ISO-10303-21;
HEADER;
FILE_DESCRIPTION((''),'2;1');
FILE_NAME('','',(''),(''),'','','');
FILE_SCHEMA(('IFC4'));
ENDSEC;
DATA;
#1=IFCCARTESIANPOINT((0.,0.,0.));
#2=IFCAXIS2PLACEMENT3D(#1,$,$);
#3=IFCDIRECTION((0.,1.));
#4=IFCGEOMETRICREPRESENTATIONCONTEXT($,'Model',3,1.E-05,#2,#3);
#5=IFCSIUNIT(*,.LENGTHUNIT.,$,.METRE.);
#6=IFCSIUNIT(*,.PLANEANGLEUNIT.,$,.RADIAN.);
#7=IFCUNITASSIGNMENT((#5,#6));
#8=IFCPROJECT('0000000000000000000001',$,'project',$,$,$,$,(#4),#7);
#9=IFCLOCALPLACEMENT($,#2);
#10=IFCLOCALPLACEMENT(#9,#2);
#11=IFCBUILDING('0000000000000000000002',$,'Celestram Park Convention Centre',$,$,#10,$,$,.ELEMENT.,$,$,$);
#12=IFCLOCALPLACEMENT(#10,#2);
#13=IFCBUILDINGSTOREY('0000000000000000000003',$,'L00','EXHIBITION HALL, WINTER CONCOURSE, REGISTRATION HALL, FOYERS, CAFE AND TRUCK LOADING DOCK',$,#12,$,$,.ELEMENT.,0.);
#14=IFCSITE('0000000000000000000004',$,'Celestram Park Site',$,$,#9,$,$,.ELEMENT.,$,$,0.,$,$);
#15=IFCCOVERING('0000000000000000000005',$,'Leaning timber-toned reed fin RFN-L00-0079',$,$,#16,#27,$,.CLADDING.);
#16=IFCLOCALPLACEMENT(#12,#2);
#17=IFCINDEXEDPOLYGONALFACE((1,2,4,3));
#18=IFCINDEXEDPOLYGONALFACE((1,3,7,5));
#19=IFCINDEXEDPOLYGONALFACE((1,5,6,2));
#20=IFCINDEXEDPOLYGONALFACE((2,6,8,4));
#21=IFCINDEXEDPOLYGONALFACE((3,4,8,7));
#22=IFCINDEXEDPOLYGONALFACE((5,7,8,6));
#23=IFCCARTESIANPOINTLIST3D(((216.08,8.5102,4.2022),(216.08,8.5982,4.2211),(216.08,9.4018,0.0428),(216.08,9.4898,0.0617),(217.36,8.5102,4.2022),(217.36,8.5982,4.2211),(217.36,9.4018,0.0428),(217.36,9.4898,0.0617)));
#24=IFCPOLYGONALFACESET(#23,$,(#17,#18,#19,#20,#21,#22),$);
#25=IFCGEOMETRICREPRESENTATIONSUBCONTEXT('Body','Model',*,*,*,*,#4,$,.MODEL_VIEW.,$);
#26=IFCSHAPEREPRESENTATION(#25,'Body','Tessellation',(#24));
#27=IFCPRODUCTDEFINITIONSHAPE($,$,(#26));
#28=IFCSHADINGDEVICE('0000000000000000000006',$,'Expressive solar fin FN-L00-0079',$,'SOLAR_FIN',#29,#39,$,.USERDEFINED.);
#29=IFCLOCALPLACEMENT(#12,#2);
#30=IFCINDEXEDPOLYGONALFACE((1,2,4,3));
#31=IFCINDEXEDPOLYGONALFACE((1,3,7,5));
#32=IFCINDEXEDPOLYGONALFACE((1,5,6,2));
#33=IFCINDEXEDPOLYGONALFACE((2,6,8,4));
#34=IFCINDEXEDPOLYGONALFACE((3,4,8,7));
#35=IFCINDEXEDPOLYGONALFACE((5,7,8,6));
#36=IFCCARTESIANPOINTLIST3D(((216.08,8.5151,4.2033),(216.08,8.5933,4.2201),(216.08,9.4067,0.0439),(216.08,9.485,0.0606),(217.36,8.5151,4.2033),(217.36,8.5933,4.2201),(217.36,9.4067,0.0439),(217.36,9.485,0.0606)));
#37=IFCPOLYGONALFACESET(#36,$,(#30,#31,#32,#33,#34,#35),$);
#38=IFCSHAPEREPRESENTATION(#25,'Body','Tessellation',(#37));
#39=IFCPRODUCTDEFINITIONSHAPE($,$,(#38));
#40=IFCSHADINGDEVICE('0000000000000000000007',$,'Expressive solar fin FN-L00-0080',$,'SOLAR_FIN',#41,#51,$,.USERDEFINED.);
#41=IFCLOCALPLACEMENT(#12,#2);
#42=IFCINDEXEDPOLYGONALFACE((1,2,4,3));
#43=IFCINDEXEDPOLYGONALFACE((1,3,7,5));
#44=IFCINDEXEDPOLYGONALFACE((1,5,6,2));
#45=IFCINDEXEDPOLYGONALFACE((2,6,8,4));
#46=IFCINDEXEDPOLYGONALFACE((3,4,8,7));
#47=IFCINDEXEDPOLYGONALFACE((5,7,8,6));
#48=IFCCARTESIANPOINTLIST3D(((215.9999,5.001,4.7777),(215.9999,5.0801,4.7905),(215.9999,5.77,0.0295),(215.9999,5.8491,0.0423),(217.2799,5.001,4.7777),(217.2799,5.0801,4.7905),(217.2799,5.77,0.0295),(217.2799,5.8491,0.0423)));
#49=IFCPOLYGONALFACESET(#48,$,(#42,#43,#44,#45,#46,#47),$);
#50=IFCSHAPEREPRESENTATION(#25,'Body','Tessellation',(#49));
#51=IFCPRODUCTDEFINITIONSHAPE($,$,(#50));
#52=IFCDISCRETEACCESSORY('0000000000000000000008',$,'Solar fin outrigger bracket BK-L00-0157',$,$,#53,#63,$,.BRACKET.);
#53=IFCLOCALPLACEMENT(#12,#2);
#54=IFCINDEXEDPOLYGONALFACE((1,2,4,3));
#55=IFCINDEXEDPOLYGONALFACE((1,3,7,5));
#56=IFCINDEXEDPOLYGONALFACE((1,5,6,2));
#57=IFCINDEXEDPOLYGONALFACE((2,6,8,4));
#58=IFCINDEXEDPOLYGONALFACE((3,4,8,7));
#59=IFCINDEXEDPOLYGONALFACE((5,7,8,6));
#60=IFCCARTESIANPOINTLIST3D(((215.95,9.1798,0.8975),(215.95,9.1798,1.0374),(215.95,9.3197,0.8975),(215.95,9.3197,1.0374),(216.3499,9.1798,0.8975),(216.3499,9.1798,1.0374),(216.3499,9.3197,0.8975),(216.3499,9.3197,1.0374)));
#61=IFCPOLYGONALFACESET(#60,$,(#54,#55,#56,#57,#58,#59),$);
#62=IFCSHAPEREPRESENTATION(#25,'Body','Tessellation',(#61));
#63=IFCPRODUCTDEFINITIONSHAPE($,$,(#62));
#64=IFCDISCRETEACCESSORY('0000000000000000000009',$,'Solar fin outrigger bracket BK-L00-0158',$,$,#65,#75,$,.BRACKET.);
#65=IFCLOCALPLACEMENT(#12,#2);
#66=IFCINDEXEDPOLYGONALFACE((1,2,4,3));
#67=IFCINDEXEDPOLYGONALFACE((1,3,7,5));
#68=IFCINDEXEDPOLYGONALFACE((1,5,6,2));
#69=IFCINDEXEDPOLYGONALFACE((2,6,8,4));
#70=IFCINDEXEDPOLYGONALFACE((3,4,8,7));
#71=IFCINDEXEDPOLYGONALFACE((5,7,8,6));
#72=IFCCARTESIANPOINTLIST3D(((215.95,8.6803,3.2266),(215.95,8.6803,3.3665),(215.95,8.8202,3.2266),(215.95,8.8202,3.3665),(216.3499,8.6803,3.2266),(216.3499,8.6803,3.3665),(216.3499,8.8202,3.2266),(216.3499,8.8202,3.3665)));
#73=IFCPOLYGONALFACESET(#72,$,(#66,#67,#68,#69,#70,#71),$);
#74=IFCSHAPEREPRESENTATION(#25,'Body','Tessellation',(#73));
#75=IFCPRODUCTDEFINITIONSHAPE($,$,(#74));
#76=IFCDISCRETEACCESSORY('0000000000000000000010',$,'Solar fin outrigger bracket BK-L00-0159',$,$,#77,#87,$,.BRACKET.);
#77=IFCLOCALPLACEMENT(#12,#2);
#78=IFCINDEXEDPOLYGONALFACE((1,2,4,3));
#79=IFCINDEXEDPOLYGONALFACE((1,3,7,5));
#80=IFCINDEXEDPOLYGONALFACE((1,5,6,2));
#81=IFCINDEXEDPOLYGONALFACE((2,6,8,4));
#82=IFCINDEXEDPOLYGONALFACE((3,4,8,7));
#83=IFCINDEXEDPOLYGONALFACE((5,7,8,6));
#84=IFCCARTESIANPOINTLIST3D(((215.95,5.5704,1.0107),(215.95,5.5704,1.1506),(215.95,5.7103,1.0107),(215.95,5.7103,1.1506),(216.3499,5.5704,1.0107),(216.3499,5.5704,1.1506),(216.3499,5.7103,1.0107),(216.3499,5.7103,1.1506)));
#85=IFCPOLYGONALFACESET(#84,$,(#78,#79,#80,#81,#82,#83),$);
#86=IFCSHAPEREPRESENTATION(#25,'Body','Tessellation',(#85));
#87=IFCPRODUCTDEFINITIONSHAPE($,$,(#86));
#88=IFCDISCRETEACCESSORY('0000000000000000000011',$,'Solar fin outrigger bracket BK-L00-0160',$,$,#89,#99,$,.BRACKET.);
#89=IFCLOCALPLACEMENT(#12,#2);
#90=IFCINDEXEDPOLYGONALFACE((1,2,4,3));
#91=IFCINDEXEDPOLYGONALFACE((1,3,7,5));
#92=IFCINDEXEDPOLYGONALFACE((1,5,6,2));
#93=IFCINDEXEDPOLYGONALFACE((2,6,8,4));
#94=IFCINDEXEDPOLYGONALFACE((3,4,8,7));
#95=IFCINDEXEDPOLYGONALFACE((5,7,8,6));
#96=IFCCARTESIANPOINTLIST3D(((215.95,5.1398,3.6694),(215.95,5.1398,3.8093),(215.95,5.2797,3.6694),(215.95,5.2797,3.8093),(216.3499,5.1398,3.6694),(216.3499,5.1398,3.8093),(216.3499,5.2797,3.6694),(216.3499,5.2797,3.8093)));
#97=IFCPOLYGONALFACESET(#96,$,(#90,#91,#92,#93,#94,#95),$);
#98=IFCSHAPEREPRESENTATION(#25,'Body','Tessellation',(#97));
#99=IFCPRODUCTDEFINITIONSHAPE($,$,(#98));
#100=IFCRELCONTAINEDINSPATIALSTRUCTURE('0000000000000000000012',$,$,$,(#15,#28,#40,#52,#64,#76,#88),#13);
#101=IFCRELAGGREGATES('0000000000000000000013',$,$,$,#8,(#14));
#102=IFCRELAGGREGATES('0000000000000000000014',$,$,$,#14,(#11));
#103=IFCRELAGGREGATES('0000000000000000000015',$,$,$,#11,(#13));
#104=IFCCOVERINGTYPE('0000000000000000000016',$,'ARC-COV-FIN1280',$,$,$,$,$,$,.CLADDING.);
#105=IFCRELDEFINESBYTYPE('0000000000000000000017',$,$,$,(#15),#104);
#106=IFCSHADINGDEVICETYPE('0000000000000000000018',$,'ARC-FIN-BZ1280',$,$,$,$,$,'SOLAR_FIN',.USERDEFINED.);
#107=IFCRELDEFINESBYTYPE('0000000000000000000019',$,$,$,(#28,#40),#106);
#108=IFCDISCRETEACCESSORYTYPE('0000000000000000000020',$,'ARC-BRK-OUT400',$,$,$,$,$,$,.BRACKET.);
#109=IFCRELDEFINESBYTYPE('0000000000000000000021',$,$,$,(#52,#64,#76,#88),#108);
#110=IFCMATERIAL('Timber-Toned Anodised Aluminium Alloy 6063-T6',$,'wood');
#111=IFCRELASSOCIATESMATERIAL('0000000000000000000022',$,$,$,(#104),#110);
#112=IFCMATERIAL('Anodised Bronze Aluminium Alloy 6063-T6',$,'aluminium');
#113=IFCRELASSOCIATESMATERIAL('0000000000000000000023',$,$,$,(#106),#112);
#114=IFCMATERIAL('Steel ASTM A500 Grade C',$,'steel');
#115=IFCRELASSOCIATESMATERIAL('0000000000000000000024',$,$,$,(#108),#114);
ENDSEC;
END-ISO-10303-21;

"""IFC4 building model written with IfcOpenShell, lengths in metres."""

from ifc_helpers import new_model, si_unit, direction, frame, origin, origin_2d, place, context, subcontext, project, spatial, rectangle, extrude, material, material_profile, profile_set, type_object, element, save


model = new_model("IFC4")

# Units and contexts
model_context = context("Model", 3, precision=1e-05, world=origin(), true_north=direction((0.0, 1.0)))
body_context = subcontext(model_context, "Body", "Model", "MODEL_VIEW")
ifc_project = project(units=[si_unit("LENGTHUNIT", "METRE"), si_unit("PLANEANGLEUNIT", "RADIAN")], contexts=[model_context])

# Site, building, storey
site_placement = place(None, origin())
site = spatial("IfcSite", under=ifc_project, at=site_placement, Name="Celestram Park Site", CompositionType="ELEMENT", RefElevation=0.0)
building_placement = place(site_placement, origin())
building = spatial("IfcBuilding", under=site, at=building_placement, Name="Celestram Park Convention Centre", CompositionType="ELEMENT")
storey_placement = place(building_placement, origin())
storey = spatial("IfcBuildingStorey", under=building, at=storey_placement, Name="L00", Description="EXHIBITION HALL, WINTER CONCOURSE, REGISTRATION HALL, FOYERS, CAFE AND TRUCK LOADING DOCK", CompositionType="ELEMENT", Elevation=0.0)

# Shared definitions
ifc_material_1 = material(Name="Steel ASTM A500 Grade C", Category="steel")

# Covering
ifc_material_2 = material(Name="Timber-Toned Anodised Aluminium Alloy 6063-T6", Category="wood")
ifc_material_profile_1 = material_profile(ifc_material_2, rectangle(XDim=1.28, YDim=0.0901, at=origin_2d()), Name="REED1280X90")
ifc_profile_set_1 = profile_set([ifc_material_profile_1], Name="Timber-Toned Anodised Aluminium Alloy 6063-T6")
covering_type_1 = type_object("IfcCoveringType", Name="ARC-COV-FIN1280", PredefinedType="CLADDING", material=ifc_profile_set_1)
covering_1_placement = place(storey_placement, frame((216.72, 9.4458, 0.0522), z_axis=(0.0, -0.209596, 0.977788), x_axis=(1.0, 0.0, 0.0)))
element("IfcCovering", 1, at=covering_1_placement, inside=storey, type_object=covering_type_1, Name="Leaning timber-toned reed fin RFN-L00-0079", PredefinedType="CLADDING", context=body_context, shape_type="SweptSolid", body=[
    extrude(rectangle(XDim=1.28, YDim=0.0901, at=origin_2d()), origin(), (0.0, 0.0, 1.0), 4.2539),
])

# Shading devices
ifc_material_3 = material(Name="Anodised Bronze Aluminium Alloy 6063-T6", Category="aluminium")
ifc_material_profile_2 = material_profile(ifc_material_3, rectangle(XDim=1.28, YDim=0.0801, at=origin_2d()), Name="FIN1280X80")
ifc_profile_set_2 = profile_set([ifc_material_profile_2], Name="Anodised Bronze Aluminium Alloy 6063-T6")
shading_device_type = type_object("IfcShadingDeviceType", Name="ARC-FIN-BZ1280", ElementType="SOLAR_FIN", PredefinedType="USERDEFINED", material=ifc_profile_set_2)
shading_device_1_placement = place(storey_placement, frame((216.72, 9.4458, 0.0522), z_axis=(0.0, -0.209596, 0.977788), x_axis=(1.0, 0.0, 0.0)))
element("IfcShadingDevice", 2, at=shading_device_1_placement, inside=storey, type_object=shading_device_type, Name="Expressive solar fin FN-L00-0079", ObjectType="SOLAR_FIN", PredefinedType="USERDEFINED", context=body_context, shape_type="SweptSolid", body=[
    extrude(rectangle(XDim=1.28, YDim=0.0801, at=origin_2d()), origin(), (0.0, 0.0, 1.0), 4.2539),
])
shading_device_2_placement = place(storey_placement, frame((216.6399, 5.8096, 0.0359), z_axis=(0.0, -0.159879, 0.987137), x_axis=(1.0, 0.0, 0.0)))
element("IfcShadingDevice", 3, at=shading_device_2_placement, inside=storey, type_object=shading_device_type, Name="Expressive solar fin FN-L00-0080", ObjectType="SOLAR_FIN", PredefinedType="USERDEFINED", context=body_context, shape_type="SweptSolid", body=[
    extrude(rectangle(XDim=1.28, YDim=0.0801, at=origin_2d()), origin(), (0.0, 0.0, 1.0), 4.8101),
])

# Discrete accessories
discrete_accessory_type = type_object("IfcDiscreteAccessoryType", Name="ARC-BRK-OUT400", PredefinedType="BRACKET", material=ifc_material_1)
for number, where, z_axis, x_axis, name in (
    (4, (216.1499, 9.2498, 0.8975), (0.0, 0.0, 1.0), (1.0, 0.0, 0.0), "Solar fin outrigger bracket BK-L00-0157"),
    (5, (216.1499, 8.7502, 3.2266), (0.0, 0.0, 1.0), (1.0, 0.0, 0.0), "Solar fin outrigger bracket BK-L00-0158"),
    (6, (216.1499, 5.6404, 1.0107), (0.0, 0.0, 1.0), (1.0, 0.0, 0.0), "Solar fin outrigger bracket BK-L00-0159"),
    (7, (216.1499, 5.2097, 3.6694), (0.0, 0.0, 1.0), (1.0, 0.0, 0.0), "Solar fin outrigger bracket BK-L00-0160"),
):
    element("IfcDiscreteAccessory", number, at=place(storey_placement, frame(where, z_axis=z_axis, x_axis=x_axis)), inside=storey, type_object=discrete_accessory_type, Name=name, PredefinedType="BRACKET", context=body_context, shape_type="SweptSolid", body=[
        extrude(rectangle(XDim=0.3999, YDim=0.1399, at=origin_2d()), origin(), (0.0, 0.0, 1.0), 0.1399),
    ])

save(model, "model.ifc")
